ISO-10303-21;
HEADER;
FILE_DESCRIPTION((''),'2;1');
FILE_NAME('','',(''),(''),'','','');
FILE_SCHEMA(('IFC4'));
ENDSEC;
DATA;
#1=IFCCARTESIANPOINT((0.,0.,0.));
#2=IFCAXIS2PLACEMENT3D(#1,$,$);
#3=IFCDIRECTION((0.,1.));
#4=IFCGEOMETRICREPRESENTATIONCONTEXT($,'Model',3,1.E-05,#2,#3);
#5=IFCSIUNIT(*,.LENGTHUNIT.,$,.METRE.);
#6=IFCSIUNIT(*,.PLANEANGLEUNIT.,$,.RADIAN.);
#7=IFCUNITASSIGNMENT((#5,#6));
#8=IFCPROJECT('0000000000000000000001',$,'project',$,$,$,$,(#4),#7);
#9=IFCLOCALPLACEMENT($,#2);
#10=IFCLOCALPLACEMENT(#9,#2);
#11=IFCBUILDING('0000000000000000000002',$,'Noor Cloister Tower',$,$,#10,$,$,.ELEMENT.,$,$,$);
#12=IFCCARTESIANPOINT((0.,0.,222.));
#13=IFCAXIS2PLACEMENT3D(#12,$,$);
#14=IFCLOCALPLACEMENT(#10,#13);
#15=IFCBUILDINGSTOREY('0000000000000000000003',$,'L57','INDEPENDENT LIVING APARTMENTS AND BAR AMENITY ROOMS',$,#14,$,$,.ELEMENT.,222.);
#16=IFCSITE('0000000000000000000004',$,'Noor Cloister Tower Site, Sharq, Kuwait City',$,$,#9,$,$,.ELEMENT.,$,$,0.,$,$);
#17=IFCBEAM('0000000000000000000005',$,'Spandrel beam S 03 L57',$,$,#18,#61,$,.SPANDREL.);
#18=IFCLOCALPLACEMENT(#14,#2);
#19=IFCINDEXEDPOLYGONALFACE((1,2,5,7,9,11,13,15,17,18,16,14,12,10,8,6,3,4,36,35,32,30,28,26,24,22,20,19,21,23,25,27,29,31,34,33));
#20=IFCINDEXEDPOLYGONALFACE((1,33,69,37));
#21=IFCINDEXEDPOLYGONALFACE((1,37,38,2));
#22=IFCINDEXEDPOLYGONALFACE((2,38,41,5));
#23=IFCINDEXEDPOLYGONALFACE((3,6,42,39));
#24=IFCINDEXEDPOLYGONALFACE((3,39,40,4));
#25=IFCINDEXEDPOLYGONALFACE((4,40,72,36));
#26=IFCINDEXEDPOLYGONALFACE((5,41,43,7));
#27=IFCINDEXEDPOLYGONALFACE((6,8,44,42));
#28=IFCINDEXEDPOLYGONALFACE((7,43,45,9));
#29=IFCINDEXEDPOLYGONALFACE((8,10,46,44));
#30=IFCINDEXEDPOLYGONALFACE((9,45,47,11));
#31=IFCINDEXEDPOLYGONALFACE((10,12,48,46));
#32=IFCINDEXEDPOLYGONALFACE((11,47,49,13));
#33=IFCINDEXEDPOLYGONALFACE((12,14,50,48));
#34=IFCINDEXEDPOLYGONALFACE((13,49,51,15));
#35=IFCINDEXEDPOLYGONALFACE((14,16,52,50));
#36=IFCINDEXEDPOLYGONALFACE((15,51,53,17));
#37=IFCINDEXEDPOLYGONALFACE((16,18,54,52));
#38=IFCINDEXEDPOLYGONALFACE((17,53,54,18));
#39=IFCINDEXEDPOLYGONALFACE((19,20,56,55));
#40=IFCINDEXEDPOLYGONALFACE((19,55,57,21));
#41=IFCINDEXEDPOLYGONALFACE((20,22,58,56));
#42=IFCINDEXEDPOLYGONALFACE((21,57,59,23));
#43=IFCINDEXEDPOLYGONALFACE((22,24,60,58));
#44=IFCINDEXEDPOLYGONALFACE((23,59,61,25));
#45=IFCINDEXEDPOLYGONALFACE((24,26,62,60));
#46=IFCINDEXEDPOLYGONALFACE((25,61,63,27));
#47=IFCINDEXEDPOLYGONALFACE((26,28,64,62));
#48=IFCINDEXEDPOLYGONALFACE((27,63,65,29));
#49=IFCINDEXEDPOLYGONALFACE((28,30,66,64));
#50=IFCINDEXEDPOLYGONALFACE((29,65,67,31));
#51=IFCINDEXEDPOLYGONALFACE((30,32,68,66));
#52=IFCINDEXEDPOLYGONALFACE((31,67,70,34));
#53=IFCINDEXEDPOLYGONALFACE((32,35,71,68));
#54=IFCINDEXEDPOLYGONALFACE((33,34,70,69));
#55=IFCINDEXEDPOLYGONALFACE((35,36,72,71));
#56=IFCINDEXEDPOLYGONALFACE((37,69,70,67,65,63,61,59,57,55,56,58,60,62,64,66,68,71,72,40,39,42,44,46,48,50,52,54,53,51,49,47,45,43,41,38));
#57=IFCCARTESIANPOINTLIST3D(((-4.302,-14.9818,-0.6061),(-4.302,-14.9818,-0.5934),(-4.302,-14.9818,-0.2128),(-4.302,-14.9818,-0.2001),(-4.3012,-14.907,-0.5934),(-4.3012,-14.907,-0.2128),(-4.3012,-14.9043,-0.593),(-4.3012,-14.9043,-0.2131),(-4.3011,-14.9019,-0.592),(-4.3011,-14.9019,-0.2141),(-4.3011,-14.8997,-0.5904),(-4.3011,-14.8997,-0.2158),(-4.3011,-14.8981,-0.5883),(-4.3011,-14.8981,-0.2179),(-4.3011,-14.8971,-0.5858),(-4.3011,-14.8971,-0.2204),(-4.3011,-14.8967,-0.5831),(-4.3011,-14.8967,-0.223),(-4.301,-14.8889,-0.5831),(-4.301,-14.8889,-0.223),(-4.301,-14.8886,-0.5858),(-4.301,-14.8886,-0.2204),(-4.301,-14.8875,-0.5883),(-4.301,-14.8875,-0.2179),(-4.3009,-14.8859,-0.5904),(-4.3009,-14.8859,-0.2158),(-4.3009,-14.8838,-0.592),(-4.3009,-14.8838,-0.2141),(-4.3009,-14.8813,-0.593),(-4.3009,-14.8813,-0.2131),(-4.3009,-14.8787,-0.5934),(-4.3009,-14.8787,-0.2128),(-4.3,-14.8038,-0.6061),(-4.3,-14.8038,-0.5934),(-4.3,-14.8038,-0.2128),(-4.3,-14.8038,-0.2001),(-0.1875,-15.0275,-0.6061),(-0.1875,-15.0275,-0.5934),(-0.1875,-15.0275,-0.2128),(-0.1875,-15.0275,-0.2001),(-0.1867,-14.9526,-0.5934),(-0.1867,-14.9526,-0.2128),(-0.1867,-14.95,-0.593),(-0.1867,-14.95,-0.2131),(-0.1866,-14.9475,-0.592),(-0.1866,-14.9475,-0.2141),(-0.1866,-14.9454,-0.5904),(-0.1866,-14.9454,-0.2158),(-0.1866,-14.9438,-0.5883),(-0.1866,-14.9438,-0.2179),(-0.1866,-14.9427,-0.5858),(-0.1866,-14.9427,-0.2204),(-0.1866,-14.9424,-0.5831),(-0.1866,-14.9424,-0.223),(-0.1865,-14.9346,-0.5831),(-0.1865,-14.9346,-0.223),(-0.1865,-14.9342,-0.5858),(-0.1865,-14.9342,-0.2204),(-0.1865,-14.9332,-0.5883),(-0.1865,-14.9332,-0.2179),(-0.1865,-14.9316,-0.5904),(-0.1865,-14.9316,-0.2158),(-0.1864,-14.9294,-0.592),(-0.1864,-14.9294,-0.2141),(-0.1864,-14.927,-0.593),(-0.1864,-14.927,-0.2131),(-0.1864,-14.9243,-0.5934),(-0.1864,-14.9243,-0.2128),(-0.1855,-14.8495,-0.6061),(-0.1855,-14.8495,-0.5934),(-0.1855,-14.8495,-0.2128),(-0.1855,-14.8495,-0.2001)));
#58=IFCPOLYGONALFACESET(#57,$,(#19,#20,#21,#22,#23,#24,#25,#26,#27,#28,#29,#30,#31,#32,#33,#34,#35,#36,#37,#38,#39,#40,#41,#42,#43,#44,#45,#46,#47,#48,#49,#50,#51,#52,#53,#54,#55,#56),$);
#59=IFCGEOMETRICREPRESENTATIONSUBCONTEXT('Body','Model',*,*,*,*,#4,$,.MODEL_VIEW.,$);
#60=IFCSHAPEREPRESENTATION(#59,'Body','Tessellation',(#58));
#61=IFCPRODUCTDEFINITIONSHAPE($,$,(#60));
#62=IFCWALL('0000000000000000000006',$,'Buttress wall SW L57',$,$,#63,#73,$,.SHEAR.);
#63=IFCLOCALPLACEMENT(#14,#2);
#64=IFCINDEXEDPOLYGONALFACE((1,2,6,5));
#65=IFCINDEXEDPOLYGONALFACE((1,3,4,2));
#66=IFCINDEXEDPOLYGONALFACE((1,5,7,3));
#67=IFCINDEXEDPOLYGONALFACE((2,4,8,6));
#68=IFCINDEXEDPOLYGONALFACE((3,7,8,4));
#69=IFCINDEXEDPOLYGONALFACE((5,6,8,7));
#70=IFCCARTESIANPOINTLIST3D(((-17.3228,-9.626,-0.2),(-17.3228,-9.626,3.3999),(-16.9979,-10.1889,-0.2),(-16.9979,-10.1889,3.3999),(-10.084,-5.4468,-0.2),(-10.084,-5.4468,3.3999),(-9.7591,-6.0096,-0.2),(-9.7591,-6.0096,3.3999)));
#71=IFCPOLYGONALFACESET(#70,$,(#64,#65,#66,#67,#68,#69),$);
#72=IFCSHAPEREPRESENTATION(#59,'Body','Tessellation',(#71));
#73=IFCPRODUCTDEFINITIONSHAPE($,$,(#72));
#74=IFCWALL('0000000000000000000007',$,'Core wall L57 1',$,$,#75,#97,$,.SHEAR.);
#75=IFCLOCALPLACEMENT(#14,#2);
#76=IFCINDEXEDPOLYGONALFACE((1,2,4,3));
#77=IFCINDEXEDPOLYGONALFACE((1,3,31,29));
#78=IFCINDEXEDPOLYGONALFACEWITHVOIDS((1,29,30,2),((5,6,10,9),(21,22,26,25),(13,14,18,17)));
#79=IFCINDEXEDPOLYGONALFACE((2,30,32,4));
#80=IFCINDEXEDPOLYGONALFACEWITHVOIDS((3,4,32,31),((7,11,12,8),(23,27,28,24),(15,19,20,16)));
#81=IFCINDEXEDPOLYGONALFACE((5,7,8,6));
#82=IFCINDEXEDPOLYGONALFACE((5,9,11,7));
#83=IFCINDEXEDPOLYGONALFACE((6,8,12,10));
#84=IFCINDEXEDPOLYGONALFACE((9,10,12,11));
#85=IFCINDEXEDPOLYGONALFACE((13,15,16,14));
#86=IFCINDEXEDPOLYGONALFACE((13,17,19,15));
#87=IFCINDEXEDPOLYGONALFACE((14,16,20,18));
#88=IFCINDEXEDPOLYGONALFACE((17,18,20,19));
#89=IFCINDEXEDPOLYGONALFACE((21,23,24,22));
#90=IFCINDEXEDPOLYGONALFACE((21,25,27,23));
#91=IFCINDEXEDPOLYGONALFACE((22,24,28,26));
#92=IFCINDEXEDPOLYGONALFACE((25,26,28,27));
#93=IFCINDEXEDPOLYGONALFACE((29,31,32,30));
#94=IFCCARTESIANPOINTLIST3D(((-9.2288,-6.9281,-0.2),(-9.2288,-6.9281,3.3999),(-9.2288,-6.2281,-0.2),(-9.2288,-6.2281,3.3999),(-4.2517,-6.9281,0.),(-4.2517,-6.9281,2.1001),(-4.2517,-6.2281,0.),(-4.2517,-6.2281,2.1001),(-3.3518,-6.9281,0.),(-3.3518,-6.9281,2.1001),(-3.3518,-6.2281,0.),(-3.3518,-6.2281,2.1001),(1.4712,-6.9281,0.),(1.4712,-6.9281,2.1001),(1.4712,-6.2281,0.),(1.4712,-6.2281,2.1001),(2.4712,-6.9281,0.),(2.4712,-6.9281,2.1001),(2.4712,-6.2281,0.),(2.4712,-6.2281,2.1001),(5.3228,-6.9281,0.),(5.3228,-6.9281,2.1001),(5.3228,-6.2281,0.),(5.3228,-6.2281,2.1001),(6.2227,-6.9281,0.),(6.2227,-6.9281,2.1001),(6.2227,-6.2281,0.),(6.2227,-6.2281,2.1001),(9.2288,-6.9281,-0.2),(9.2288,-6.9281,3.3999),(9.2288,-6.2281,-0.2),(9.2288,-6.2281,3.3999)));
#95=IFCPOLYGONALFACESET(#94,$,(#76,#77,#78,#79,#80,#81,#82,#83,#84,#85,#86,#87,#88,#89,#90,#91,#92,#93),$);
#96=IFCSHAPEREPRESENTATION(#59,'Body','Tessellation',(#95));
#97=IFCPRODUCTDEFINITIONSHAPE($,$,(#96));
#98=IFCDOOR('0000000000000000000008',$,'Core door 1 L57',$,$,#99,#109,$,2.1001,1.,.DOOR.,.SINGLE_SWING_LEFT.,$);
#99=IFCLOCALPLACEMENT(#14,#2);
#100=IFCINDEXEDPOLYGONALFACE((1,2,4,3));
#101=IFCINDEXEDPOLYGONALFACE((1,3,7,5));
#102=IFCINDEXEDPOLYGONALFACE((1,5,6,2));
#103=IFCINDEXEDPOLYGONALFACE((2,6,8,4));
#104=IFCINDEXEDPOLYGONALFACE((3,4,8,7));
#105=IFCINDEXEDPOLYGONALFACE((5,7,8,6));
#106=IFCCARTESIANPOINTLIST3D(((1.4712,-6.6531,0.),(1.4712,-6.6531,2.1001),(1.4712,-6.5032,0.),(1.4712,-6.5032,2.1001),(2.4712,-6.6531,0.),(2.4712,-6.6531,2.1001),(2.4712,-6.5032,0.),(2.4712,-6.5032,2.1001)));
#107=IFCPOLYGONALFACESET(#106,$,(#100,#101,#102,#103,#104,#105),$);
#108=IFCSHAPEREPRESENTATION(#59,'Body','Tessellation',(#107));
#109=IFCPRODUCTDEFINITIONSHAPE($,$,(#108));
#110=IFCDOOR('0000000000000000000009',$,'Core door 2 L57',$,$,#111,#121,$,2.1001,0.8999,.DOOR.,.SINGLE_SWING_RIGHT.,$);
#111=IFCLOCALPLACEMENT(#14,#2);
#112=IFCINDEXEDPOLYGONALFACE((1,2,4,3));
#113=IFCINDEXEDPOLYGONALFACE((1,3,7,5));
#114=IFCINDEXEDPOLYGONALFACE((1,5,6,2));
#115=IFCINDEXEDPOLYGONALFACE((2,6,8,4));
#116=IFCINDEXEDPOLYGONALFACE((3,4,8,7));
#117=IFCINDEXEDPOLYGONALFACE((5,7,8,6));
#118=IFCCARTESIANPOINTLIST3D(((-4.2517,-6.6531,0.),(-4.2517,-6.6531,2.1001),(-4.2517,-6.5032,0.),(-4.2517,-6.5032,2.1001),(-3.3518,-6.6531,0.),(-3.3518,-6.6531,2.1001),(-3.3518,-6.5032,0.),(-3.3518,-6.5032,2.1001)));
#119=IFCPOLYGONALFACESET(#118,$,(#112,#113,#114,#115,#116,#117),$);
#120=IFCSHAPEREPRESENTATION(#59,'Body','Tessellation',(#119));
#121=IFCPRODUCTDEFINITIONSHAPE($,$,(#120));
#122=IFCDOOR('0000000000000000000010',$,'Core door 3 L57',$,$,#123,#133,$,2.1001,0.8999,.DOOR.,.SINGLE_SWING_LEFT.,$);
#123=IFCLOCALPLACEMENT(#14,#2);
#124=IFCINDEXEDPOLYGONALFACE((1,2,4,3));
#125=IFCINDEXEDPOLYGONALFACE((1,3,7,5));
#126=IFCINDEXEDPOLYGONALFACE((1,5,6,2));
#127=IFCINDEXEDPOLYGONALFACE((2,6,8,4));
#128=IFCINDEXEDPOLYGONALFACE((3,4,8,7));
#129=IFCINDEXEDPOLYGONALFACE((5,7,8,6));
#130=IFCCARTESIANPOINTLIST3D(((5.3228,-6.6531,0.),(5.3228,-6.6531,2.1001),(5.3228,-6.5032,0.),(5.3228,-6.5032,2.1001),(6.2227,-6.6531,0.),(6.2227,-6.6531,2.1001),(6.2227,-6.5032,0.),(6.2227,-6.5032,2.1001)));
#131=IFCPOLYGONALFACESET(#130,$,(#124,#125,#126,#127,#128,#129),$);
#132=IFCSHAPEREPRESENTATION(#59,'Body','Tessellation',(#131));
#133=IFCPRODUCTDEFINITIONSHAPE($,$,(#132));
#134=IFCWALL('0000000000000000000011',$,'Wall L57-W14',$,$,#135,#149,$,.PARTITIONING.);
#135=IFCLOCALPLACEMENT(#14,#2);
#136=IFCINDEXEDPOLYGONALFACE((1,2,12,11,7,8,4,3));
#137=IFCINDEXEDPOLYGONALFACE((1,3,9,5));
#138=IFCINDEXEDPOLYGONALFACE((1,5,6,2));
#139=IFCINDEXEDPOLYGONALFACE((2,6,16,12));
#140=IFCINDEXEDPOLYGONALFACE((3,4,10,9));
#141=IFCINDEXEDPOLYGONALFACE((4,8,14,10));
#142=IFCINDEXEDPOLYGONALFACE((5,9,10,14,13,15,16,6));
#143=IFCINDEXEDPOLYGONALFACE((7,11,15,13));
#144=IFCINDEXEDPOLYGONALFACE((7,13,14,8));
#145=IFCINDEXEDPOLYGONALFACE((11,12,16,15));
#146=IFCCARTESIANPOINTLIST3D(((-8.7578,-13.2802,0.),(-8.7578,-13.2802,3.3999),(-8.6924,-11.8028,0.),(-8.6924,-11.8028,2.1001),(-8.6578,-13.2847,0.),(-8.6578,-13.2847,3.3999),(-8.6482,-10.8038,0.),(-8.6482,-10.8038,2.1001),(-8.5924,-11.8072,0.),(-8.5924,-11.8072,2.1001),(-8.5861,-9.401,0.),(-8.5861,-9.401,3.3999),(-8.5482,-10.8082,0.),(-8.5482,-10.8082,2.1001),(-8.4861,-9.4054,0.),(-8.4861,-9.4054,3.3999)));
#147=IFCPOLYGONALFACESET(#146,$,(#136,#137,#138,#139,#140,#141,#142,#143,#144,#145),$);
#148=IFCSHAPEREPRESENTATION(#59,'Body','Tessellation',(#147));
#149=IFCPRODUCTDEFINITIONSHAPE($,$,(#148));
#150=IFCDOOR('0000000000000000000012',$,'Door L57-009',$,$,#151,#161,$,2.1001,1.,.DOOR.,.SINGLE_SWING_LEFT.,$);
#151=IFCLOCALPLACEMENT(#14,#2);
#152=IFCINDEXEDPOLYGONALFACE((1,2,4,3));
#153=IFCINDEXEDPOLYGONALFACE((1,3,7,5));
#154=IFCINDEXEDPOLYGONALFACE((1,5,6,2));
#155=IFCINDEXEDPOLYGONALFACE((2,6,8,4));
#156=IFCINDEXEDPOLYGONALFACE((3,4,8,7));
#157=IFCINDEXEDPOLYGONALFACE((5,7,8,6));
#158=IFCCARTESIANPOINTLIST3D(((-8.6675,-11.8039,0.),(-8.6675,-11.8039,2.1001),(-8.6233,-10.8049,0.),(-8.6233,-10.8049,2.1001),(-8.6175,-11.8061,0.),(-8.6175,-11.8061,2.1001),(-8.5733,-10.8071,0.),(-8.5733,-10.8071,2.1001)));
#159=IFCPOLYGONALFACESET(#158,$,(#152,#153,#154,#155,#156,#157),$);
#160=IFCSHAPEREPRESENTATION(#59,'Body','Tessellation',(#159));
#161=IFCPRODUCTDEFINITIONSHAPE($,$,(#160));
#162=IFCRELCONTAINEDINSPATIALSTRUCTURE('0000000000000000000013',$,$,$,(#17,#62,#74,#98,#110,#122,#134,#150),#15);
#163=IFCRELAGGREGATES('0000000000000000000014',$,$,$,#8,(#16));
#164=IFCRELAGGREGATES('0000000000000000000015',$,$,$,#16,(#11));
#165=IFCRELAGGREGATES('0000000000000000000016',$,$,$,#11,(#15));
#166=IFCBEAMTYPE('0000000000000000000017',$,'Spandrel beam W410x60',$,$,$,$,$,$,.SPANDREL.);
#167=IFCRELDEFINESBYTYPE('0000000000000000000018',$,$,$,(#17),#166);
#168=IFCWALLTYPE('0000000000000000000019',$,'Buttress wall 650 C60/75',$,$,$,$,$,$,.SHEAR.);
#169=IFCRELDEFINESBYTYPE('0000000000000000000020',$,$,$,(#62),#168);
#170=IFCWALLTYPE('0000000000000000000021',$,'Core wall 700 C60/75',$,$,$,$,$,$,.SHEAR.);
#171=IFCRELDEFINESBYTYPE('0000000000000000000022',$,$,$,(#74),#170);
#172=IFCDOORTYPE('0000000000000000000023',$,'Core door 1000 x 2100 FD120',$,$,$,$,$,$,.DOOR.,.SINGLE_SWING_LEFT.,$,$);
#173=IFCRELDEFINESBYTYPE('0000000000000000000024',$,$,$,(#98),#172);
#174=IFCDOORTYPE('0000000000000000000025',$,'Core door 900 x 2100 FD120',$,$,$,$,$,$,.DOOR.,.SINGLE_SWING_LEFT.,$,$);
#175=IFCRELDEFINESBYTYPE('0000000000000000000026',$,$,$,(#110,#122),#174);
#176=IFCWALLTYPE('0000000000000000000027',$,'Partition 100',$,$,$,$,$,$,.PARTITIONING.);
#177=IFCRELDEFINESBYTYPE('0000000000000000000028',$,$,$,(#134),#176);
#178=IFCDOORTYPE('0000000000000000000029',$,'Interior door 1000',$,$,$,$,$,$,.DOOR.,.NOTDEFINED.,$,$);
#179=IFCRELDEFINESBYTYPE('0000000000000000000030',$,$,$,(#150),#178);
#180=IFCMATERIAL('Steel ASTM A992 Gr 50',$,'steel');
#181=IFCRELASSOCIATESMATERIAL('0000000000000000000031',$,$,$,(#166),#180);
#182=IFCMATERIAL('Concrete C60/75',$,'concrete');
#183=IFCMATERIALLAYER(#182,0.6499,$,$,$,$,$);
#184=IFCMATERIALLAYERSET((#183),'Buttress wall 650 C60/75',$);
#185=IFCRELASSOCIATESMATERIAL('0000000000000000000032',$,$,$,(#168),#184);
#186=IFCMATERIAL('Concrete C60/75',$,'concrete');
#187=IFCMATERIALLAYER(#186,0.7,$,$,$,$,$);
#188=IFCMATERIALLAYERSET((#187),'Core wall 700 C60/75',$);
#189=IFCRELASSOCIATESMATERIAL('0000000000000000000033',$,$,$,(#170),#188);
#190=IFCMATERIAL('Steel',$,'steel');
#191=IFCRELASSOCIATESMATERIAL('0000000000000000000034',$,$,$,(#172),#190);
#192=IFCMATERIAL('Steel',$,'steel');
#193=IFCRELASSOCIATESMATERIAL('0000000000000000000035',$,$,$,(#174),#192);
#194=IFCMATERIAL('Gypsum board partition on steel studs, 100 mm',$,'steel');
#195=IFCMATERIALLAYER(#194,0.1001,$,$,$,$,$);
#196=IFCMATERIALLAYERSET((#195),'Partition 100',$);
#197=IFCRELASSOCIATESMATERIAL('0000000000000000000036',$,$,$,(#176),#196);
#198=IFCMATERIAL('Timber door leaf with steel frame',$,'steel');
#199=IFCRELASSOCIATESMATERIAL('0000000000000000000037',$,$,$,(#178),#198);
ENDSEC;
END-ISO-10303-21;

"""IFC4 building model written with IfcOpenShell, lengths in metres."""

from ifc_helpers import new_model, si_unit, direction, frame, frame_2d, origin, origin_2d, place, context, subcontext, project, spatial, rectangle, i_section, extrude, material, layer, layer_set, material_profile, profile_set, type_object, element, fill, save


model = new_model("IFC4")

# Units and contexts
model_context = context("Model", 3, precision=1e-05, world=origin(), true_north=direction((0.0, 1.0)))
body_context = subcontext(model_context, "Body", "Model", "MODEL_VIEW")
ifc_project = project(units=[si_unit("LENGTHUNIT", "METRE"), si_unit("PLANEANGLEUNIT", "RADIAN")], contexts=[model_context])

# Site, building, storey
site_placement = place(None, origin())
site = spatial("IfcSite", under=ifc_project, at=site_placement, Name="Noor Cloister Tower Site, Sharq, Kuwait City", CompositionType="ELEMENT", RefElevation=0.0)
building_placement = place(site_placement, origin())
building = spatial("IfcBuilding", under=site, at=building_placement, Name="Noor Cloister Tower", CompositionType="ELEMENT")
storey_placement = place(building_placement, frame((0.0, 0.0, 222.0)))
storey = spatial("IfcBuildingStorey", under=building, at=storey_placement, Name="L57", Description="INDEPENDENT LIVING APARTMENTS AND BAR AMENITY ROOMS", CompositionType="ELEMENT", Elevation=222.0)

# Beam
ifc_material_1 = material(Name="Steel ASTM A992 Gr 50", Category="steel")
ifc_material_profile_1 = material_profile(ifc_material_1, i_section(OverallWidth=0.178, OverallDepth=0.406, WebThickness=0.0078, FlangeThickness=0.0127, FilletRadius=0.0103, at=origin_2d()), Name="W410x60")
ifc_profile_set_1 = profile_set([ifc_material_profile_1], Name="Steel ASTM A992 Gr 50")
beam_type_1 = type_object("IfcBeamType", Name="Spandrel beam W410x60", PredefinedType="SPANDREL", material=ifc_profile_set_1)
for number, where, z_axis, x_axis, name in (
    (1, (-4.301, -14.8928, -0.4031), (0.999938, -0.011095, 0.0), (0.011095, 0.999938, 0.0), "Spandrel beam S 03 L57"),
):
    element("IfcBeam", number, at=place(storey_placement, frame(where, z_axis=z_axis, x_axis=x_axis)), inside=storey, type_object=beam_type_1, Name=name, PredefinedType="SPANDREL", context=body_context, shape_type="SweptSolid", body=[
        extrude(i_section(OverallWidth=0.178, OverallDepth=0.406, WebThickness=0.0078, FlangeThickness=0.0127, FilletRadius=0.0103, at=origin_2d()), origin(), (0.0, 0.0, 1.0), 4.1147),
    ])

# Wall
ifc_material_2 = material(Name="Concrete C60/75", Category="concrete")
ifc_layer_1 = layer(ifc_material_2, 0.6499)
ifc_layer_set_1 = layer_set([ifc_layer_1], Name="Buttress wall 650 C60/75")
wall_type_1 = type_object("IfcWallType", Name="Buttress wall 650 C60/75", PredefinedType="SHEAR", material=ifc_layer_set_1)
wall_1_placement = place(storey_placement, frame((-9.9216, -5.7283, -0.2), z_axis=(0.0, 0.0, 1.0), x_axis=(-0.866031, -0.49999, 0.0)))
element("IfcWall", 2, at=wall_1_placement, inside=storey, type_object=wall_type_1, Name="Buttress wall SW L57", PredefinedType="SHEAR", context=body_context, shape_type="SweptSolid", body=[
    extrude(rectangle(XDim=8.3586, YDim=0.6499, at=frame_2d((4.1792, 0.0))), origin(), (0.0, 0.0, 1.0), 3.5999),
])

# Wall, openings, doors
ifc_material_3 = material(Name="Concrete C60/75", Category="concrete")
ifc_layer_2 = layer(ifc_material_3, 0.7)
ifc_layer_set_2 = layer_set([ifc_layer_2], Name="Core wall 700 C60/75")
wall_type_2 = type_object("IfcWallType", Name="Core wall 700 C60/75", PredefinedType="SHEAR", material=ifc_layer_set_2)
wall_2_placement = place(storey_placement, frame((-9.2288, -6.5781, -0.2), z_axis=(0.0, 0.0, 1.0), x_axis=(1.0, 0.0, 0.0)))
wall_2 = element("IfcWall", 3, at=wall_2_placement, inside=storey, type_object=wall_type_2, Name="Core wall L57 1", PredefinedType="SHEAR", context=body_context, shape_type="SweptSolid", body=[
    extrude(rectangle(XDim=18.4575, YDim=0.7, at=frame_2d((9.2288, 0.0))), origin(), (0.0, 0.0, 1.0), 3.5999),
])
opening_1_placement = place(wall_2_placement, frame((10.7, 0.0, 0.2)))
opening_1 = element("IfcOpeningElement", 4, at=opening_1_placement, cuts=wall_2, PredefinedType="OPENING", context=body_context, shape_type="SweptSolid", body=[
    extrude(rectangle(XDim=1.0, YDim=2.1001, at=frame_2d((0.5, 1.05))), frame((0.0, 0.3599, 0.0), z_axis=(0.0, -1.0, 0.0), x_axis=(1.0, 0.0, 0.0)), (0.0, 0.0, 1.0), 0.72),
])
opening_2_placement = place(wall_2_placement, frame((4.9771, 0.0, 0.2)))
opening_2 = element("IfcOpeningElement", 5, at=opening_2_placement, cuts=wall_2, PredefinedType="OPENING", context=body_context, shape_type="SweptSolid", body=[
    extrude(rectangle(XDim=0.8999, YDim=2.1001, at=frame_2d((0.45, 1.05))), frame((0.0, 0.3599, 0.0), z_axis=(0.0, -1.0, 0.0), x_axis=(1.0, 0.0, 0.0)), (0.0, 0.0, 1.0), 0.72),
])
opening_3_placement = place(wall_2_placement, frame((14.5515, 0.0, 0.2)))
opening_3 = element("IfcOpeningElement", 6, at=opening_3_placement, cuts=wall_2, PredefinedType="OPENING", context=body_context, shape_type="SweptSolid", body=[
    extrude(rectangle(XDim=0.8999, YDim=2.1001, at=frame_2d((0.45, 1.05))), frame((0.0, 0.3599, 0.0), z_axis=(0.0, -1.0, 0.0), x_axis=(1.0, 0.0, 0.0)), (0.0, 0.0, 1.0), 0.72),
])
ifc_material_4 = material(Name="Steel", Category="steel")
door_type_1 = type_object("IfcDoorType", Name="Core door 1000 x 2100 FD120", OperationType="SINGLE_SWING_LEFT", PredefinedType="DOOR", material=ifc_material_4)
door_1_placement = place(opening_1_placement, origin())
door_1 = element("IfcDoor", 7, at=door_1_placement, inside=storey, type_object=door_type_1, Name="Core door 1 L57", OperationType="SINGLE_SWING_LEFT", OverallHeight=2.1001, OverallWidth=1.0, PredefinedType="DOOR", context=body_context, shape_type="SweptSolid", body=[
    extrude(rectangle(XDim=1.0, YDim=2.1001, at=frame_2d((0.5, 1.05))), frame((0.0, 0.075, 0.0), z_axis=(0.0, -1.0, 0.0), x_axis=(1.0, 0.0, 0.0)), (0.0, 0.0, 1.0), 0.1499),
])
fill(opening_1, door_1)
ifc_material_5 = material(Name="Steel", Category="steel")
door_type_2 = type_object("IfcDoorType", Name="Core door 900 x 2100 FD120", OperationType="SINGLE_SWING_LEFT", PredefinedType="DOOR", material=ifc_material_5)
door_2_placement = place(opening_2_placement, origin())
door_2 = element("IfcDoor", 8, at=door_2_placement, inside=storey, type_object=door_type_2, Name="Core door 2 L57", OperationType="SINGLE_SWING_RIGHT", OverallHeight=2.1001, OverallWidth=0.8999, PredefinedType="DOOR", context=body_context, shape_type="SweptSolid", body=[
    extrude(rectangle(XDim=0.8999, YDim=2.1001, at=frame_2d((0.45, 1.05))), frame((0.0, 0.075, 0.0), z_axis=(0.0, -1.0, 0.0), x_axis=(1.0, 0.0, 0.0)), (0.0, 0.0, 1.0), 0.1499),
])
fill(opening_2, door_2)
door_3_placement = place(opening_3_placement, origin())
door_3 = element("IfcDoor", 9, at=door_3_placement, inside=storey, type_object=door_type_2, Name="Core door 3 L57", OperationType="SINGLE_SWING_LEFT", OverallHeight=2.1001, OverallWidth=0.8999, PredefinedType="DOOR", context=body_context, shape_type="SweptSolid", body=[
    extrude(rectangle(XDim=0.8999, YDim=2.1001, at=frame_2d((0.45, 1.05))), frame((0.0, 0.075, 0.0), z_axis=(0.0, -1.0, 0.0), x_axis=(1.0, 0.0, 0.0)), (0.0, 0.0, 1.0), 0.1499),
])
fill(opening_3, door_3)

# Wall, opening, door
ifc_material_6 = material(Name="Gypsum board partition on steel studs, 100 mm", Category="steel")
ifc_layer_3 = layer(ifc_material_6, 0.1001)
ifc_layer_set_3 = layer_set([ifc_layer_3], Name="Partition 100")
wall_type_3 = type_object("IfcWallType", Name="Partition 100", PredefinedType="PARTITIONING", material=ifc_layer_set_3)
wall_3_placement = place(storey_placement, frame((-8.5361, -9.4033, 0.0), z_axis=(0.0, 0.0, 1.0), x_axis=(-0.044201, -0.999023, 0.0)))
wall_3 = element("IfcWall", 10, at=wall_3_placement, inside=storey, type_object=wall_type_3, Name="Wall L57-W14", PredefinedType="PARTITIONING", context=body_context, shape_type="SweptSolid", body=[
    extrude(rectangle(XDim=3.8831, YDim=0.1001, at=frame_2d((1.9414, 0.0))), origin(), (0.0, 0.0, 1.0), 3.3999),
])
opening_4_placement = place(wall_3_placement, frame((1.4041, 0.0, 0.0)))
opening_4 = element("IfcOpeningElement", 11, at=opening_4_placement, cuts=wall_3, PredefinedType="OPENING", context=body_context, shape_type="SweptSolid", body=[
    extrude(rectangle(XDim=1.0, YDim=2.1001, at=frame_2d((0.5, 1.05))), frame((0.0, 0.0601, 0.0), z_axis=(0.0, -1.0, 0.0), x_axis=(1.0, 0.0, 0.0)), (0.0, 0.0, 1.0), 0.1201),
])
ifc_material_7 = material(Name="Timber door leaf with steel frame", Category="steel")
door_type_3 = type_object("IfcDoorType", Name="Interior door 1000", OperationType="NOTDEFINED", PredefinedType="DOOR", material=ifc_material_7)
door_4_placement = place(opening_4_placement, origin())
door_4 = element("IfcDoor", 12, at=door_4_placement, inside=storey, type_object=door_type_3, Name="Door L57-009", OperationType="SINGLE_SWING_LEFT", OverallHeight=2.1001, OverallWidth=1.0, PredefinedType="DOOR", context=body_context, shape_type="SweptSolid", body=[
    extrude(rectangle(XDim=1.0, YDim=2.1001, at=frame_2d((0.5, 1.05))), frame((0.0, 0.0249, 0.0), z_axis=(0.0, -1.0, 0.0), x_axis=(1.0, 0.0, 0.0)), (0.0, 0.0, 1.0), 0.05),
])
fill(opening_4, door_4)

save(model, "model.ifc")
